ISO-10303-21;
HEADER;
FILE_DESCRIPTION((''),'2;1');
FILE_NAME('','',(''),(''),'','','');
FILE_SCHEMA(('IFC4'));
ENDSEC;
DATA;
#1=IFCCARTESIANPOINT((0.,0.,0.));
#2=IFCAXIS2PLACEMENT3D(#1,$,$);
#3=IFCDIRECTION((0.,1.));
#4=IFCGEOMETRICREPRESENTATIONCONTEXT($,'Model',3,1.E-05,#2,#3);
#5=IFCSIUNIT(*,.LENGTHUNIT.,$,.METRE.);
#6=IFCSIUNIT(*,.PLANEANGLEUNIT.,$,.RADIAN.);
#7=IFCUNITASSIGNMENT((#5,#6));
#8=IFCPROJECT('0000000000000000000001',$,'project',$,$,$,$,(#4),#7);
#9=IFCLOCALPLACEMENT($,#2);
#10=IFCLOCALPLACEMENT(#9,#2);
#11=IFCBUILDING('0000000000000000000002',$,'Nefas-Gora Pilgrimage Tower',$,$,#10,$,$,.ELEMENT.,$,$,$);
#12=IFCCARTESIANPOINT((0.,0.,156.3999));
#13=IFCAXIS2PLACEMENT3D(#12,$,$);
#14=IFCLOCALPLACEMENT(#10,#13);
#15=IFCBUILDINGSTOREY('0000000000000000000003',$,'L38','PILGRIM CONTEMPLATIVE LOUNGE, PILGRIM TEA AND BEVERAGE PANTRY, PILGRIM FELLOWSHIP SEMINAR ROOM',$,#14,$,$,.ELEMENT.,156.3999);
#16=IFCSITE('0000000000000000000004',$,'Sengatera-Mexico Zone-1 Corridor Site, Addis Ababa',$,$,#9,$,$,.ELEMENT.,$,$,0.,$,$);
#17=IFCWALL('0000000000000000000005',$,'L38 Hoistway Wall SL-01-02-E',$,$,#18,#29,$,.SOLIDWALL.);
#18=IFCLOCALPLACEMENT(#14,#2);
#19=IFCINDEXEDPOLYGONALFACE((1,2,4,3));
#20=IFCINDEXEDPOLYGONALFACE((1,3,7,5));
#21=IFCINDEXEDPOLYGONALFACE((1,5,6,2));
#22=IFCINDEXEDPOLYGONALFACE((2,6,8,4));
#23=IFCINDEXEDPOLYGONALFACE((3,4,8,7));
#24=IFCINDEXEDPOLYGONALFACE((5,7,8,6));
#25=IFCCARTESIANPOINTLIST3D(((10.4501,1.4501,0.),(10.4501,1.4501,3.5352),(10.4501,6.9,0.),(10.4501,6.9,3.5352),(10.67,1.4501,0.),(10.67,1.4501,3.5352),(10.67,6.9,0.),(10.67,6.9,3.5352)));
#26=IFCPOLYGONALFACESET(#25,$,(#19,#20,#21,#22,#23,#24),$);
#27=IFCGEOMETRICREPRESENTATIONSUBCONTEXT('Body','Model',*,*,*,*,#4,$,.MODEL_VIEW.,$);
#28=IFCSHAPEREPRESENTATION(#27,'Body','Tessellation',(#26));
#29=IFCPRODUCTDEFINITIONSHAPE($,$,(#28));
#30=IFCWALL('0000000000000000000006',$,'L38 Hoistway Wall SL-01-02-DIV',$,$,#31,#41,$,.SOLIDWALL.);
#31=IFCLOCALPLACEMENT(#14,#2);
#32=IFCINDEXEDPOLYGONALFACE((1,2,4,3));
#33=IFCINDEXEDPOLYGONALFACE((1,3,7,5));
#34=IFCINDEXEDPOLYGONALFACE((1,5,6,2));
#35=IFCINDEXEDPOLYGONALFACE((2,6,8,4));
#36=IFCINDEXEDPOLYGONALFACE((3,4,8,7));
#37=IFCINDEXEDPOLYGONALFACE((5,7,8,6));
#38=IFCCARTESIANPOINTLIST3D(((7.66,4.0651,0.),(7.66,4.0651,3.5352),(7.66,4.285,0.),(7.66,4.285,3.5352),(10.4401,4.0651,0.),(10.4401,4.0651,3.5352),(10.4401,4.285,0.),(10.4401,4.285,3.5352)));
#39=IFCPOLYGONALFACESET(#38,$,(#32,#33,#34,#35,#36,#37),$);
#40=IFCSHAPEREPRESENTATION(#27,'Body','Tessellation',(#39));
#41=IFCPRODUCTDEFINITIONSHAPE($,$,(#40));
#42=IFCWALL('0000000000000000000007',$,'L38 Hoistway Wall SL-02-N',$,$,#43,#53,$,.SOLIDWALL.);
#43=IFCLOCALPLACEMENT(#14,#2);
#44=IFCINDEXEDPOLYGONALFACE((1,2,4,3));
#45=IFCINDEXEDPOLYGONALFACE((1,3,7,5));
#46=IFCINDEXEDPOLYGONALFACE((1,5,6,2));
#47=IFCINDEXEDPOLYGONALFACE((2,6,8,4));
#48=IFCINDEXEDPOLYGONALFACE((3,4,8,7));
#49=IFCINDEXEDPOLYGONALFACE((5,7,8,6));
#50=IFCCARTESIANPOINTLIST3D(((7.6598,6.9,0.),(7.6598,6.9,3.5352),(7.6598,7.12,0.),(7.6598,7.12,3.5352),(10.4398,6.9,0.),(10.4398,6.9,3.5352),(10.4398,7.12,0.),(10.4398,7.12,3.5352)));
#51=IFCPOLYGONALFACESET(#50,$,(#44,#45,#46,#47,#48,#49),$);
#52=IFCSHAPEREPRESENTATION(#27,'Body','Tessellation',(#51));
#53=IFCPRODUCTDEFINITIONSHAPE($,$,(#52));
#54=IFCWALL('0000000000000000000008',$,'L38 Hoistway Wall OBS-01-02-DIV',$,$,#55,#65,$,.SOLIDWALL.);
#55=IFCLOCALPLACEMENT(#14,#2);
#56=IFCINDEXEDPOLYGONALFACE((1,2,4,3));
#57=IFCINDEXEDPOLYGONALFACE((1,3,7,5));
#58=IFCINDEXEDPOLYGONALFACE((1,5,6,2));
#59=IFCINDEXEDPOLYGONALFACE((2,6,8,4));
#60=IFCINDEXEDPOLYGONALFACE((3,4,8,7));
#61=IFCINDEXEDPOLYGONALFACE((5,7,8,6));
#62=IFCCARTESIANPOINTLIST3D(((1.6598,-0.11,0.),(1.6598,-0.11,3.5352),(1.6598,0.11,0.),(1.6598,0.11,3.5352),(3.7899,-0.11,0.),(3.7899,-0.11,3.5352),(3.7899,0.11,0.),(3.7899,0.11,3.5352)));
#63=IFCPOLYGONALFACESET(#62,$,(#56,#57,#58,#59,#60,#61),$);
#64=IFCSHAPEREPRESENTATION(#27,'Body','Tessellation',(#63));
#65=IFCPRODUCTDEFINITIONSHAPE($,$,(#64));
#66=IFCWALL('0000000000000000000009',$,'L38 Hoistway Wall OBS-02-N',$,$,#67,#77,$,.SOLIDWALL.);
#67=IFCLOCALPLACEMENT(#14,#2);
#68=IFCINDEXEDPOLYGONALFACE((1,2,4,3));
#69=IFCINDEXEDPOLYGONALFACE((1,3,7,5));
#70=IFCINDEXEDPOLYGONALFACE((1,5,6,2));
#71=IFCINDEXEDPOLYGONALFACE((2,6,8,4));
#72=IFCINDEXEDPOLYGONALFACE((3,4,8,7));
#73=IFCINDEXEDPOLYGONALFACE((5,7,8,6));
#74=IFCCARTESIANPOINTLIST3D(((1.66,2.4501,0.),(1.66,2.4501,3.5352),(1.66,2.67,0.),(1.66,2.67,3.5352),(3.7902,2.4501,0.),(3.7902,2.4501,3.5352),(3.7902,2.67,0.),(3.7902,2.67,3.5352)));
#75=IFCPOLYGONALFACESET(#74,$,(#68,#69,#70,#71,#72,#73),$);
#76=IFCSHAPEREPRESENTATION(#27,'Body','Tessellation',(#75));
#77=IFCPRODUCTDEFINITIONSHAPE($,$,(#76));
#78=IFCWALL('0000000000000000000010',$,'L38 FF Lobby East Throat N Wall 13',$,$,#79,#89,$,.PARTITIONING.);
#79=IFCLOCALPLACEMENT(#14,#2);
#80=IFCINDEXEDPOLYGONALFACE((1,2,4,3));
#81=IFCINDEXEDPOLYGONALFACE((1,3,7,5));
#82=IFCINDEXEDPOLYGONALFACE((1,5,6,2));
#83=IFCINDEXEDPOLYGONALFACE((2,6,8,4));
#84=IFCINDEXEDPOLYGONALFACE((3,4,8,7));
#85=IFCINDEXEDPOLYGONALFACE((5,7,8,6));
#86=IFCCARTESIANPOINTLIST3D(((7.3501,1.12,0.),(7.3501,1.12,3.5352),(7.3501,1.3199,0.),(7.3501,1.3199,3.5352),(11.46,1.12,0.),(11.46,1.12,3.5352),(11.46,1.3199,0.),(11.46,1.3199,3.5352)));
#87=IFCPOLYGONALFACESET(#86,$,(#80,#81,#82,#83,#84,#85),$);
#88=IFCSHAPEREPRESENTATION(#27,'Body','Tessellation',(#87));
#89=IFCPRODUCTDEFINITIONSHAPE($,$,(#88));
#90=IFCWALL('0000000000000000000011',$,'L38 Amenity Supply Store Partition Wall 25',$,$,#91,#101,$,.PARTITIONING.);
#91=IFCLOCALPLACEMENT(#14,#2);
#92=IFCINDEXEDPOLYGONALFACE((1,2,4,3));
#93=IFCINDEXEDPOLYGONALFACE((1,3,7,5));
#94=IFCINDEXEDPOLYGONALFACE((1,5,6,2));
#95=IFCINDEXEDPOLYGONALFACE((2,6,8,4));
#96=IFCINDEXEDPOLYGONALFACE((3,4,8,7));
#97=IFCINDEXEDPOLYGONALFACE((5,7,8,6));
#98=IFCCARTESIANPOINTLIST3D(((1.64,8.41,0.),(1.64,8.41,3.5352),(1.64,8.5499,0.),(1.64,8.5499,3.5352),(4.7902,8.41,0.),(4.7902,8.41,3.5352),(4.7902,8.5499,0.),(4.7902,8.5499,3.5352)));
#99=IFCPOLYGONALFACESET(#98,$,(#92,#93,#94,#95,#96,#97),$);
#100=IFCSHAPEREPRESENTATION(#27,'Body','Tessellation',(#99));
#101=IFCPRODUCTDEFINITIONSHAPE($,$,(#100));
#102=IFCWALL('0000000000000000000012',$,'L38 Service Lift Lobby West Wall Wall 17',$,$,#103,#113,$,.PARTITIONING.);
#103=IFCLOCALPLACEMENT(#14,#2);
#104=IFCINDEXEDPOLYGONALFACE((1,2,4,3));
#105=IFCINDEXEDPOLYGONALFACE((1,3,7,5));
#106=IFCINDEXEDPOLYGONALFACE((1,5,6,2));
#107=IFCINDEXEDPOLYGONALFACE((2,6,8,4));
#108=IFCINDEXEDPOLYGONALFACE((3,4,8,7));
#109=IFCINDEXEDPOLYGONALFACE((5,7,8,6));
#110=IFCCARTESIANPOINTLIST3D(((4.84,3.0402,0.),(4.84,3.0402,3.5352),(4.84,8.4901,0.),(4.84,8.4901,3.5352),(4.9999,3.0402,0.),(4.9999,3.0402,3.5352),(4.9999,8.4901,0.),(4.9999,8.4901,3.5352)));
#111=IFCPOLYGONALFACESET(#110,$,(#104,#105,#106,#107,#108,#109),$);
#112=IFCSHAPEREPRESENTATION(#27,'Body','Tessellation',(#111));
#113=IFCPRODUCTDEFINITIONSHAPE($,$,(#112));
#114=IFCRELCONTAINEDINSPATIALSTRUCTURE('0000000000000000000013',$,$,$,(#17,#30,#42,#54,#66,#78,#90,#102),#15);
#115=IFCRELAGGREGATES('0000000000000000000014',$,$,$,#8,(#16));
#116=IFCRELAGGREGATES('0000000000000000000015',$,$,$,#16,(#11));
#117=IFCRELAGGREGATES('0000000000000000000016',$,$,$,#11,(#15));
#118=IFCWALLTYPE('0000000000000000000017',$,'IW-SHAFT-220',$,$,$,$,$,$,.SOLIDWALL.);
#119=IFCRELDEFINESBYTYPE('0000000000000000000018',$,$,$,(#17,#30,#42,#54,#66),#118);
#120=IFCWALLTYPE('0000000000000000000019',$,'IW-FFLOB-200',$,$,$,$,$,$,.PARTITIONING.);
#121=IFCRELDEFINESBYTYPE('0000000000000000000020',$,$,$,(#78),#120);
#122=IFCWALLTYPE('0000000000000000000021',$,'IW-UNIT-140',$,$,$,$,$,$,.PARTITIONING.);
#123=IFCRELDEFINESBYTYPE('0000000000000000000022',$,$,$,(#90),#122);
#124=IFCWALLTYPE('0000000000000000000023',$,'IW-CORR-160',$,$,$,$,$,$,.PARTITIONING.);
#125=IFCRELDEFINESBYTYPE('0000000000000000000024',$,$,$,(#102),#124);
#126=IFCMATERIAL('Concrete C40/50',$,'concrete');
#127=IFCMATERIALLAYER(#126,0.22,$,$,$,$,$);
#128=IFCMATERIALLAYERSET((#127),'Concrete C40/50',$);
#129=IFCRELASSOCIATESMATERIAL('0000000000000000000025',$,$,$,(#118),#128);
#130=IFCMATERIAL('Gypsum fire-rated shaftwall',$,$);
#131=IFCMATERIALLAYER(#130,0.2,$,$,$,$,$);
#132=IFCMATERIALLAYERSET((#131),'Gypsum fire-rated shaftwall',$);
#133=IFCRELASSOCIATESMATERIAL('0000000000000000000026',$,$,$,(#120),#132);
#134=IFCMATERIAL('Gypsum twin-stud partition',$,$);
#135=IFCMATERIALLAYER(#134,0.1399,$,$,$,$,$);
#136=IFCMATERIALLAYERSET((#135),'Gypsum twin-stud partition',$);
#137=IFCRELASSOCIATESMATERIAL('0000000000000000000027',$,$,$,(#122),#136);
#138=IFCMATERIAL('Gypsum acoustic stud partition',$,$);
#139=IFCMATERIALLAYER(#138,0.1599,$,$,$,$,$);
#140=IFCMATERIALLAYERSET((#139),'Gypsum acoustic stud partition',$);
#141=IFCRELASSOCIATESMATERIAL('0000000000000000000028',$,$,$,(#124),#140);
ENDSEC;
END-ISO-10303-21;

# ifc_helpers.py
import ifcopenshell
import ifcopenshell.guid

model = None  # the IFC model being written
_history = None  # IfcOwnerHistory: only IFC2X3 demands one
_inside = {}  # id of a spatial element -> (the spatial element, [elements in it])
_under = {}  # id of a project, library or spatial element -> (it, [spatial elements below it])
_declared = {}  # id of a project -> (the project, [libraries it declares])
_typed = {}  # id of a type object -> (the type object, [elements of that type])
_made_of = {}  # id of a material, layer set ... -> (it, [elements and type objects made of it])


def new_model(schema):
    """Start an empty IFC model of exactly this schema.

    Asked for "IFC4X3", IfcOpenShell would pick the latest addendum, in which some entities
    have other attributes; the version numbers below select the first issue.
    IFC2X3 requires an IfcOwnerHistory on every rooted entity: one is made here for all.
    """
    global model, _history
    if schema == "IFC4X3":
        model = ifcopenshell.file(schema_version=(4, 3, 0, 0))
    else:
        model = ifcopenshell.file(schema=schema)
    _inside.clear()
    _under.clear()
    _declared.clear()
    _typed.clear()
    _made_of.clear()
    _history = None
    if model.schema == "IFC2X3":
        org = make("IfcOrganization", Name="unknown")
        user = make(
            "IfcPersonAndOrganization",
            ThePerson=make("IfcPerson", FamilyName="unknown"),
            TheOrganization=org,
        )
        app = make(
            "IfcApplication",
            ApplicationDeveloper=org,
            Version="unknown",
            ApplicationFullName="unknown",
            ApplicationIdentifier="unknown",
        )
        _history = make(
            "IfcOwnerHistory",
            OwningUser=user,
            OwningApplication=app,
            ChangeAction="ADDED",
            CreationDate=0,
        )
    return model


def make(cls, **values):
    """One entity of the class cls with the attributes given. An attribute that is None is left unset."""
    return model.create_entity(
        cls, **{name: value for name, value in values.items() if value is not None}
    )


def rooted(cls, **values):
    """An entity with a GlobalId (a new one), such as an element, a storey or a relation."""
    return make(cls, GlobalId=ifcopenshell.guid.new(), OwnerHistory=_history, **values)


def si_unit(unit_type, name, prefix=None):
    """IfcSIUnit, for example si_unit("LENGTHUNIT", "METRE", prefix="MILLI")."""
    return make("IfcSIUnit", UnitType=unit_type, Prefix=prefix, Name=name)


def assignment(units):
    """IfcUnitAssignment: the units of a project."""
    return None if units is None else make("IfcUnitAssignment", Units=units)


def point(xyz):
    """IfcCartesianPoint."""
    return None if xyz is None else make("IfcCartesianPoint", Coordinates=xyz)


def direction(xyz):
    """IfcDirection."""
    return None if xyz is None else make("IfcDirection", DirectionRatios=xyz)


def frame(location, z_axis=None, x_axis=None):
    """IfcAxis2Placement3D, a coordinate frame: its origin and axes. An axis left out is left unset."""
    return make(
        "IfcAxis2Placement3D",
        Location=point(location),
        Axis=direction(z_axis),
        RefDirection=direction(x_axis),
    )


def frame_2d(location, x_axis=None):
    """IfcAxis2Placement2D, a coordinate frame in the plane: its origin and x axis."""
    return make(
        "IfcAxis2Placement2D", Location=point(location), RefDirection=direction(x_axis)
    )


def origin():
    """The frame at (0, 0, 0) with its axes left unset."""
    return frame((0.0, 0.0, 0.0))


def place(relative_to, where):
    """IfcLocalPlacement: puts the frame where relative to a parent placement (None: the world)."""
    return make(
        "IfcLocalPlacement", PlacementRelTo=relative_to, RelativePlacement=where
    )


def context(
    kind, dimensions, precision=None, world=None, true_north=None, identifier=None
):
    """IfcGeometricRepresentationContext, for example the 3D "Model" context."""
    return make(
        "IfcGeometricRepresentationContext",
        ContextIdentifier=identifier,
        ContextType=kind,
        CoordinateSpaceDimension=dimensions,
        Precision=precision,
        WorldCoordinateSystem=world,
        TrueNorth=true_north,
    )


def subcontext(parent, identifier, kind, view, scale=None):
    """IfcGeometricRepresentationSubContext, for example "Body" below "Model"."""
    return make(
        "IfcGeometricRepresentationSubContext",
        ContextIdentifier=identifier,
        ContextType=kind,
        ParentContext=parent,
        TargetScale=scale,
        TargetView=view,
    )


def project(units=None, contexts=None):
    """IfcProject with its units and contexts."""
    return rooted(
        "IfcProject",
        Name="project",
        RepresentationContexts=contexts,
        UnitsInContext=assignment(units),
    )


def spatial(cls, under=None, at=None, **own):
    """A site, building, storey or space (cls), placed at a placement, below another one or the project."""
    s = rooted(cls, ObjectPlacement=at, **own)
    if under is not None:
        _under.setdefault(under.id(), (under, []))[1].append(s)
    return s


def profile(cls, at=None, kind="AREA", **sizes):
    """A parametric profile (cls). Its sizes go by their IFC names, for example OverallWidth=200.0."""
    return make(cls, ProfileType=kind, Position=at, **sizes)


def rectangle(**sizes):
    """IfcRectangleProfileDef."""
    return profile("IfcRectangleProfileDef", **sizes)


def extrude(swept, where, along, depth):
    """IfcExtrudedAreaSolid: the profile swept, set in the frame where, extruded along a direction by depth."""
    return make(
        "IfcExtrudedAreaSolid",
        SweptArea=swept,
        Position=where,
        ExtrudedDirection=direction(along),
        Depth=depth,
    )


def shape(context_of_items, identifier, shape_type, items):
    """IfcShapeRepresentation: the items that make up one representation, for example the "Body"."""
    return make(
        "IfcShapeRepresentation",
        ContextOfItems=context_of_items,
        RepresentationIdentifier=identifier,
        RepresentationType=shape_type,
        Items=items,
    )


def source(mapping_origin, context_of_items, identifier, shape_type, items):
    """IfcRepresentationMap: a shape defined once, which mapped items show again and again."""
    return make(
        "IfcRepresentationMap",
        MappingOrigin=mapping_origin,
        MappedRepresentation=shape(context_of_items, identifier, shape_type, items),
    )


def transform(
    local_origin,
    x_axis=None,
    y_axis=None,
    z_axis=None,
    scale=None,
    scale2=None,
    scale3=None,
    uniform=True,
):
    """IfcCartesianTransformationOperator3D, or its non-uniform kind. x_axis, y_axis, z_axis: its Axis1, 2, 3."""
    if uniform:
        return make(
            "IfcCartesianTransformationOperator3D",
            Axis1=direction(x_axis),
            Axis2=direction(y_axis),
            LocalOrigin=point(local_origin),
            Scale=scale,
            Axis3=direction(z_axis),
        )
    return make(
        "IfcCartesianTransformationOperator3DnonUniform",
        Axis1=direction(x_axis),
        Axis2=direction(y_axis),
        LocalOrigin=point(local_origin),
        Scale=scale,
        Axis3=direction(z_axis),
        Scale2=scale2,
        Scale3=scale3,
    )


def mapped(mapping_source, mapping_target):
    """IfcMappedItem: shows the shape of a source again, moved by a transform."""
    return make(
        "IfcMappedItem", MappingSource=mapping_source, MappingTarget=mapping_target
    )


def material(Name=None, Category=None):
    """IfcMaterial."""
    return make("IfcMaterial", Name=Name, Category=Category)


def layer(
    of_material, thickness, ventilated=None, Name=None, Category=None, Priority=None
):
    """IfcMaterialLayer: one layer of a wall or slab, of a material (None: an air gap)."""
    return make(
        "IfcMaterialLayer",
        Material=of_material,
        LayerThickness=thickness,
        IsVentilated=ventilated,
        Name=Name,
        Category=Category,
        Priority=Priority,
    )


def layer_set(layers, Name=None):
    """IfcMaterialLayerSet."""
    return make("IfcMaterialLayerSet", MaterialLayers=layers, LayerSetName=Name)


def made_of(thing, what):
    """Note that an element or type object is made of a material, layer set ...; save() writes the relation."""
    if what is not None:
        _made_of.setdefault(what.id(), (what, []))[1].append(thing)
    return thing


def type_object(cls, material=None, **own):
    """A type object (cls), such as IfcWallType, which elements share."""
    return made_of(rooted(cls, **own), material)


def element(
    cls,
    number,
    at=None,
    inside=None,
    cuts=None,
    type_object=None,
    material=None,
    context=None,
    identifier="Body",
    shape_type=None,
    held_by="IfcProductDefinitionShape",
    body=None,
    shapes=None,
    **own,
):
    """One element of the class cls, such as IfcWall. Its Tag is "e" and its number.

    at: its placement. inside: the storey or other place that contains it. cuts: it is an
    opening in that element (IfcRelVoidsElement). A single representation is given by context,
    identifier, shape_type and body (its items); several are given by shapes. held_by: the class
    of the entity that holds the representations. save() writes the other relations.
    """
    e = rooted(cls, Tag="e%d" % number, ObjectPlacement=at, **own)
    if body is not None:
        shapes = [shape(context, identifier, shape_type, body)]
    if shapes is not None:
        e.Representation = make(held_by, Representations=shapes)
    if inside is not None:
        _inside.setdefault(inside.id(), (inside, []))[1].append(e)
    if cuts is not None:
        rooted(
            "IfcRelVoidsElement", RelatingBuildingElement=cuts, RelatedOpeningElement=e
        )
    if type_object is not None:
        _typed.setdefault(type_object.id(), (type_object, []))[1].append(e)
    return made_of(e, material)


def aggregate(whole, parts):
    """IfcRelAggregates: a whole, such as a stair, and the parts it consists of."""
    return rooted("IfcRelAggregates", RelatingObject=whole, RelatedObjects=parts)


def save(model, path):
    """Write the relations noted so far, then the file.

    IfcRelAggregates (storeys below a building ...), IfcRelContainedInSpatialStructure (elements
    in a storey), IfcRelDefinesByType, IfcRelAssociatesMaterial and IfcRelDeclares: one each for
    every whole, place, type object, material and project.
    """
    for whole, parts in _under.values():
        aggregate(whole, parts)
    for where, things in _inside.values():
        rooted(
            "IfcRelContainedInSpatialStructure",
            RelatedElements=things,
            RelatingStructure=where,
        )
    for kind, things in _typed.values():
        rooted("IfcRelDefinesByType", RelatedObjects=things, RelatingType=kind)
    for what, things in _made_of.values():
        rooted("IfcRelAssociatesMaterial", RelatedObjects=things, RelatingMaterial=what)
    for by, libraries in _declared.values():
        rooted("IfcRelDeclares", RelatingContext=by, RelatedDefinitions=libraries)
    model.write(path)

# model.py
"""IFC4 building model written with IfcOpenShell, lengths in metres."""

from ifc_helpers import new_model, si_unit, direction, frame, frame_2d, origin, place, context, subcontext, project, spatial, rectangle, extrude, source, transform, mapped, material, layer, layer_set, type_object, element, save


model = new_model("IFC4")

# Units and contexts
model_context = context("Model", 3, precision=1e-05, world=origin(), true_north=direction((0.0, 1.0)))
body_context = subcontext(model_context, "Body", "Model", "MODEL_VIEW")
ifc_project = project(units=[si_unit("LENGTHUNIT", "METRE"), si_unit("PLANEANGLEUNIT", "RADIAN")], contexts=[model_context])

# Site, building, storey
site_placement = place(None, origin())
site = spatial("IfcSite", under=ifc_project, at=site_placement, Name="Sengatera-Mexico Zone-1 Corridor Site, Addis Ababa", CompositionType="ELEMENT", RefElevation=0.0)
building_placement = place(site_placement, origin())
building = spatial("IfcBuilding", under=site, at=building_placement, Name="Nefas-Gora Pilgrimage Tower", CompositionType="ELEMENT")
storey_placement = place(building_placement, frame((0.0, 0.0, 156.3999)))
storey = spatial("IfcBuildingStorey", under=building, at=storey_placement, Name="L38", Description="PILGRIM CONTEMPLATIVE LOUNGE, PILGRIM TEA AND BEVERAGE PANTRY, PILGRIM FELLOWSHIP SEMINAR ROOM", CompositionType="ELEMENT", Elevation=156.3999)

# Shared definitions
ifc_material_1 = material(Name="Concrete C40/50", Category="concrete")
ifc_layer_1 = layer(ifc_material_1, 0.22)
ifc_layer_set_1 = layer_set([ifc_layer_1], Name="Concrete C40/50")
wall_type_1 = type_object("IfcWallType", Name="IW-SHAFT-220", PredefinedType="SOLIDWALL", material=ifc_layer_set_1)
shared_shape_1 = source(origin(), body_context, "Body", "SweptSolid", [
    extrude(rectangle(XDim=5.45, YDim=0.22, at=frame_2d((2.7251, 0.0))), origin(), (0.0, 0.0, 1.0), 3.5352),
])

# Walls
wall_1_placement = place(storey_placement, frame((10.5601, 1.45, 0.0), z_axis=(0.0, 0.0, 1.0), x_axis=(0.0, 1.0, 0.0)))
element("IfcWall", 1, at=wall_1_placement, inside=storey, type_object=wall_type_1, Name="L38 Hoistway Wall SL-01-02-E", PredefinedType="SOLIDWALL", context=body_context, shape_type="MappedRepresentation", body=[
    mapped(shared_shape_1, transform((0.0, 0.0, 0.0), x_axis=(1.0, 0.0, 0.0), y_axis=(0.0, 1.0, 0.0), z_axis=(0.0, 0.0, 1.0), scale=1.0)),
])
shared_shape_2 = source(origin(), body_context, "Body", "SweptSolid", [
    extrude(rectangle(XDim=2.78, YDim=0.22, at=frame_2d((1.3901, 0.0))), origin(), (0.0, 0.0, 1.0), 3.5352),
])
for number, where, z_axis, x_axis, name in (
    (2, (7.6599, 4.175, 0.0), (0.0, 0.0, 1.0), (1.0, 0.0, 0.0), "L38 Hoistway Wall SL-01-02-DIV"),
    (3, (10.4399, 7.01, 0.0), (0.0, 0.0, 1.0), (-1.0, 0.0, 0.0), "L38 Hoistway Wall SL-02-N"),
):
    element("IfcWall", number, at=place(storey_placement, frame(where, z_axis=z_axis, x_axis=x_axis)), inside=storey, type_object=wall_type_1, Name=name, PredefinedType="SOLIDWALL", context=body_context, shape_type="MappedRepresentation", body=[
        mapped(shared_shape_2, transform((0.0, 0.0, 0.0), x_axis=(1.0, 0.0, 0.0), y_axis=(0.0, 1.0, 0.0), z_axis=(0.0, 0.0, 1.0), scale=1.0)),
    ])
shared_shape_3 = source(origin(), body_context, "Body", "SweptSolid", [
    extrude(rectangle(XDim=2.1301, YDim=0.22, at=frame_2d((1.0649, 0.0))), origin(), (0.0, 0.0, 1.0), 3.5352),
])
for number, where, z_axis, x_axis, name in (
    (4, (1.6599, 0.0, 0.0), (0.0, 0.0, 1.0), (1.0, 0.0, 0.0), "L38 Hoistway Wall OBS-01-02-DIV"),
    (5, (3.79, 2.5601, 0.0), (0.0, 0.0, 1.0), (-1.0, 0.0, 0.0), "L38 Hoistway Wall OBS-02-N"),
):
    element("IfcWall", number, at=place(storey_placement, frame(where, z_axis=z_axis, x_axis=x_axis)), inside=storey, type_object=wall_type_1, Name=name, PredefinedType="SOLIDWALL", context=body_context, shape_type="MappedRepresentation", body=[
        mapped(shared_shape_3, transform((0.0, 0.0, 0.0), x_axis=(1.0, 0.0, 0.0), y_axis=(0.0, 1.0, 0.0), z_axis=(0.0, 0.0, 1.0), scale=1.0)),
    ])

# Shared definitions
ifc_material_2 = material(Name="Gypsum fire-rated shaftwall")
ifc_layer_2 = layer(ifc_material_2, 0.2)
ifc_layer_set_2 = layer_set([ifc_layer_2], Name="Gypsum fire-rated shaftwall")
wall_type_2 = type_object("IfcWallType", Name="IW-FFLOB-200", PredefinedType="PARTITIONING", material=ifc_layer_set_2)

# Walls
shared_shape_4 = source(origin(), body_context, "Body", "SweptSolid", [
    extrude(rectangle(XDim=4.1099, YDim=0.2, at=frame_2d((2.0549, 0.0))), origin(), (0.0, 0.0, 1.0), 3.5352),
])
wall_2_placement = place(storey_placement, frame((7.3501, 1.22, 0.0), z_axis=(0.0, 0.0, 1.0), x_axis=(1.0, 0.0, 0.0)))
element("IfcWall", 6, at=wall_2_placement, inside=storey, type_object=wall_type_2, Name="L38 FF Lobby East Throat N Wall 13", PredefinedType="PARTITIONING", context=body_context, shape_type="MappedRepresentation", body=[
    mapped(shared_shape_4, transform((0.0, 0.0, 0.0), x_axis=(1.0, 0.0, 0.0), y_axis=(0.0, 1.0, 0.0), z_axis=(0.0, 0.0, 1.0), scale=1.0)),
])
ifc_material_3 = material(Name="Gypsum twin-stud partition")
ifc_layer_3 = layer(ifc_material_3, 0.1399)
ifc_layer_set_3 = layer_set([ifc_layer_3], Name="Gypsum twin-stud partition")
wall_type_3 = type_object("IfcWallType", Name="IW-UNIT-140", PredefinedType="PARTITIONING", material=ifc_layer_set_3)
shared_shape_5 = source(origin(), body_context, "Body", "SweptSolid", [
    extrude(rectangle(XDim=3.1501, YDim=0.1399, at=frame_2d((1.5752, 0.0))), origin(), (0.0, 0.0, 1.0), 3.5352),
])
wall_3_placement = place(storey_placement, frame((1.6399, 8.48, 0.0), z_axis=(0.0, 0.0, 1.0), x_axis=(1.0, 0.0, 0.0)))
element("IfcWall", 7, at=wall_3_placement, inside=storey, type_object=wall_type_3, Name="L38 Amenity Supply Store Partition Wall 25", PredefinedType="PARTITIONING", context=body_context, shape_type="MappedRepresentation", body=[
    mapped(shared_shape_5, transform((0.0, 0.0, 0.0), x_axis=(1.0, 0.0, 0.0), y_axis=(0.0, 1.0, 0.0), z_axis=(0.0, 0.0, 1.0), scale=1.0)),
])
ifc_material_4 = material(Name="Gypsum acoustic stud partition")
ifc_layer_4 = layer(ifc_material_4, 0.1599)
ifc_layer_set_4 = layer_set([ifc_layer_4], Name="Gypsum acoustic stud partition")
wall_type_4 = type_object("IfcWallType", Name="IW-CORR-160", PredefinedType="PARTITIONING", material=ifc_layer_set_4)
shared_shape_6 = source(origin(), body_context, "Body", "SweptSolid", [
    extrude(rectangle(XDim=5.45, YDim=0.1599, at=frame_2d((2.7251, 0.0))), origin(), (0.0, 0.0, 1.0), 3.5352),
])
wall_4_placement = place(storey_placement, frame((4.9199, 3.04, 0.0), z_axis=(0.0, 0.0, 1.0), x_axis=(0.0, 1.0, 0.0)))
element("IfcWall", 8, at=wall_4_placement, inside=storey, type_object=wall_type_4, Name="L38 Service Lift Lobby West Wall Wall 17", PredefinedType="PARTITIONING", context=body_context, shape_type="MappedRepresentation", body=[
    mapped(shared_shape_6, transform((0.0, 0.0, 0.0), x_axis=(1.0, 0.0, 0.0), y_axis=(0.0, 1.0, 0.0), z_axis=(0.0, 0.0, 1.0), scale=1.0)),
])

save(model, "model.ifc")
